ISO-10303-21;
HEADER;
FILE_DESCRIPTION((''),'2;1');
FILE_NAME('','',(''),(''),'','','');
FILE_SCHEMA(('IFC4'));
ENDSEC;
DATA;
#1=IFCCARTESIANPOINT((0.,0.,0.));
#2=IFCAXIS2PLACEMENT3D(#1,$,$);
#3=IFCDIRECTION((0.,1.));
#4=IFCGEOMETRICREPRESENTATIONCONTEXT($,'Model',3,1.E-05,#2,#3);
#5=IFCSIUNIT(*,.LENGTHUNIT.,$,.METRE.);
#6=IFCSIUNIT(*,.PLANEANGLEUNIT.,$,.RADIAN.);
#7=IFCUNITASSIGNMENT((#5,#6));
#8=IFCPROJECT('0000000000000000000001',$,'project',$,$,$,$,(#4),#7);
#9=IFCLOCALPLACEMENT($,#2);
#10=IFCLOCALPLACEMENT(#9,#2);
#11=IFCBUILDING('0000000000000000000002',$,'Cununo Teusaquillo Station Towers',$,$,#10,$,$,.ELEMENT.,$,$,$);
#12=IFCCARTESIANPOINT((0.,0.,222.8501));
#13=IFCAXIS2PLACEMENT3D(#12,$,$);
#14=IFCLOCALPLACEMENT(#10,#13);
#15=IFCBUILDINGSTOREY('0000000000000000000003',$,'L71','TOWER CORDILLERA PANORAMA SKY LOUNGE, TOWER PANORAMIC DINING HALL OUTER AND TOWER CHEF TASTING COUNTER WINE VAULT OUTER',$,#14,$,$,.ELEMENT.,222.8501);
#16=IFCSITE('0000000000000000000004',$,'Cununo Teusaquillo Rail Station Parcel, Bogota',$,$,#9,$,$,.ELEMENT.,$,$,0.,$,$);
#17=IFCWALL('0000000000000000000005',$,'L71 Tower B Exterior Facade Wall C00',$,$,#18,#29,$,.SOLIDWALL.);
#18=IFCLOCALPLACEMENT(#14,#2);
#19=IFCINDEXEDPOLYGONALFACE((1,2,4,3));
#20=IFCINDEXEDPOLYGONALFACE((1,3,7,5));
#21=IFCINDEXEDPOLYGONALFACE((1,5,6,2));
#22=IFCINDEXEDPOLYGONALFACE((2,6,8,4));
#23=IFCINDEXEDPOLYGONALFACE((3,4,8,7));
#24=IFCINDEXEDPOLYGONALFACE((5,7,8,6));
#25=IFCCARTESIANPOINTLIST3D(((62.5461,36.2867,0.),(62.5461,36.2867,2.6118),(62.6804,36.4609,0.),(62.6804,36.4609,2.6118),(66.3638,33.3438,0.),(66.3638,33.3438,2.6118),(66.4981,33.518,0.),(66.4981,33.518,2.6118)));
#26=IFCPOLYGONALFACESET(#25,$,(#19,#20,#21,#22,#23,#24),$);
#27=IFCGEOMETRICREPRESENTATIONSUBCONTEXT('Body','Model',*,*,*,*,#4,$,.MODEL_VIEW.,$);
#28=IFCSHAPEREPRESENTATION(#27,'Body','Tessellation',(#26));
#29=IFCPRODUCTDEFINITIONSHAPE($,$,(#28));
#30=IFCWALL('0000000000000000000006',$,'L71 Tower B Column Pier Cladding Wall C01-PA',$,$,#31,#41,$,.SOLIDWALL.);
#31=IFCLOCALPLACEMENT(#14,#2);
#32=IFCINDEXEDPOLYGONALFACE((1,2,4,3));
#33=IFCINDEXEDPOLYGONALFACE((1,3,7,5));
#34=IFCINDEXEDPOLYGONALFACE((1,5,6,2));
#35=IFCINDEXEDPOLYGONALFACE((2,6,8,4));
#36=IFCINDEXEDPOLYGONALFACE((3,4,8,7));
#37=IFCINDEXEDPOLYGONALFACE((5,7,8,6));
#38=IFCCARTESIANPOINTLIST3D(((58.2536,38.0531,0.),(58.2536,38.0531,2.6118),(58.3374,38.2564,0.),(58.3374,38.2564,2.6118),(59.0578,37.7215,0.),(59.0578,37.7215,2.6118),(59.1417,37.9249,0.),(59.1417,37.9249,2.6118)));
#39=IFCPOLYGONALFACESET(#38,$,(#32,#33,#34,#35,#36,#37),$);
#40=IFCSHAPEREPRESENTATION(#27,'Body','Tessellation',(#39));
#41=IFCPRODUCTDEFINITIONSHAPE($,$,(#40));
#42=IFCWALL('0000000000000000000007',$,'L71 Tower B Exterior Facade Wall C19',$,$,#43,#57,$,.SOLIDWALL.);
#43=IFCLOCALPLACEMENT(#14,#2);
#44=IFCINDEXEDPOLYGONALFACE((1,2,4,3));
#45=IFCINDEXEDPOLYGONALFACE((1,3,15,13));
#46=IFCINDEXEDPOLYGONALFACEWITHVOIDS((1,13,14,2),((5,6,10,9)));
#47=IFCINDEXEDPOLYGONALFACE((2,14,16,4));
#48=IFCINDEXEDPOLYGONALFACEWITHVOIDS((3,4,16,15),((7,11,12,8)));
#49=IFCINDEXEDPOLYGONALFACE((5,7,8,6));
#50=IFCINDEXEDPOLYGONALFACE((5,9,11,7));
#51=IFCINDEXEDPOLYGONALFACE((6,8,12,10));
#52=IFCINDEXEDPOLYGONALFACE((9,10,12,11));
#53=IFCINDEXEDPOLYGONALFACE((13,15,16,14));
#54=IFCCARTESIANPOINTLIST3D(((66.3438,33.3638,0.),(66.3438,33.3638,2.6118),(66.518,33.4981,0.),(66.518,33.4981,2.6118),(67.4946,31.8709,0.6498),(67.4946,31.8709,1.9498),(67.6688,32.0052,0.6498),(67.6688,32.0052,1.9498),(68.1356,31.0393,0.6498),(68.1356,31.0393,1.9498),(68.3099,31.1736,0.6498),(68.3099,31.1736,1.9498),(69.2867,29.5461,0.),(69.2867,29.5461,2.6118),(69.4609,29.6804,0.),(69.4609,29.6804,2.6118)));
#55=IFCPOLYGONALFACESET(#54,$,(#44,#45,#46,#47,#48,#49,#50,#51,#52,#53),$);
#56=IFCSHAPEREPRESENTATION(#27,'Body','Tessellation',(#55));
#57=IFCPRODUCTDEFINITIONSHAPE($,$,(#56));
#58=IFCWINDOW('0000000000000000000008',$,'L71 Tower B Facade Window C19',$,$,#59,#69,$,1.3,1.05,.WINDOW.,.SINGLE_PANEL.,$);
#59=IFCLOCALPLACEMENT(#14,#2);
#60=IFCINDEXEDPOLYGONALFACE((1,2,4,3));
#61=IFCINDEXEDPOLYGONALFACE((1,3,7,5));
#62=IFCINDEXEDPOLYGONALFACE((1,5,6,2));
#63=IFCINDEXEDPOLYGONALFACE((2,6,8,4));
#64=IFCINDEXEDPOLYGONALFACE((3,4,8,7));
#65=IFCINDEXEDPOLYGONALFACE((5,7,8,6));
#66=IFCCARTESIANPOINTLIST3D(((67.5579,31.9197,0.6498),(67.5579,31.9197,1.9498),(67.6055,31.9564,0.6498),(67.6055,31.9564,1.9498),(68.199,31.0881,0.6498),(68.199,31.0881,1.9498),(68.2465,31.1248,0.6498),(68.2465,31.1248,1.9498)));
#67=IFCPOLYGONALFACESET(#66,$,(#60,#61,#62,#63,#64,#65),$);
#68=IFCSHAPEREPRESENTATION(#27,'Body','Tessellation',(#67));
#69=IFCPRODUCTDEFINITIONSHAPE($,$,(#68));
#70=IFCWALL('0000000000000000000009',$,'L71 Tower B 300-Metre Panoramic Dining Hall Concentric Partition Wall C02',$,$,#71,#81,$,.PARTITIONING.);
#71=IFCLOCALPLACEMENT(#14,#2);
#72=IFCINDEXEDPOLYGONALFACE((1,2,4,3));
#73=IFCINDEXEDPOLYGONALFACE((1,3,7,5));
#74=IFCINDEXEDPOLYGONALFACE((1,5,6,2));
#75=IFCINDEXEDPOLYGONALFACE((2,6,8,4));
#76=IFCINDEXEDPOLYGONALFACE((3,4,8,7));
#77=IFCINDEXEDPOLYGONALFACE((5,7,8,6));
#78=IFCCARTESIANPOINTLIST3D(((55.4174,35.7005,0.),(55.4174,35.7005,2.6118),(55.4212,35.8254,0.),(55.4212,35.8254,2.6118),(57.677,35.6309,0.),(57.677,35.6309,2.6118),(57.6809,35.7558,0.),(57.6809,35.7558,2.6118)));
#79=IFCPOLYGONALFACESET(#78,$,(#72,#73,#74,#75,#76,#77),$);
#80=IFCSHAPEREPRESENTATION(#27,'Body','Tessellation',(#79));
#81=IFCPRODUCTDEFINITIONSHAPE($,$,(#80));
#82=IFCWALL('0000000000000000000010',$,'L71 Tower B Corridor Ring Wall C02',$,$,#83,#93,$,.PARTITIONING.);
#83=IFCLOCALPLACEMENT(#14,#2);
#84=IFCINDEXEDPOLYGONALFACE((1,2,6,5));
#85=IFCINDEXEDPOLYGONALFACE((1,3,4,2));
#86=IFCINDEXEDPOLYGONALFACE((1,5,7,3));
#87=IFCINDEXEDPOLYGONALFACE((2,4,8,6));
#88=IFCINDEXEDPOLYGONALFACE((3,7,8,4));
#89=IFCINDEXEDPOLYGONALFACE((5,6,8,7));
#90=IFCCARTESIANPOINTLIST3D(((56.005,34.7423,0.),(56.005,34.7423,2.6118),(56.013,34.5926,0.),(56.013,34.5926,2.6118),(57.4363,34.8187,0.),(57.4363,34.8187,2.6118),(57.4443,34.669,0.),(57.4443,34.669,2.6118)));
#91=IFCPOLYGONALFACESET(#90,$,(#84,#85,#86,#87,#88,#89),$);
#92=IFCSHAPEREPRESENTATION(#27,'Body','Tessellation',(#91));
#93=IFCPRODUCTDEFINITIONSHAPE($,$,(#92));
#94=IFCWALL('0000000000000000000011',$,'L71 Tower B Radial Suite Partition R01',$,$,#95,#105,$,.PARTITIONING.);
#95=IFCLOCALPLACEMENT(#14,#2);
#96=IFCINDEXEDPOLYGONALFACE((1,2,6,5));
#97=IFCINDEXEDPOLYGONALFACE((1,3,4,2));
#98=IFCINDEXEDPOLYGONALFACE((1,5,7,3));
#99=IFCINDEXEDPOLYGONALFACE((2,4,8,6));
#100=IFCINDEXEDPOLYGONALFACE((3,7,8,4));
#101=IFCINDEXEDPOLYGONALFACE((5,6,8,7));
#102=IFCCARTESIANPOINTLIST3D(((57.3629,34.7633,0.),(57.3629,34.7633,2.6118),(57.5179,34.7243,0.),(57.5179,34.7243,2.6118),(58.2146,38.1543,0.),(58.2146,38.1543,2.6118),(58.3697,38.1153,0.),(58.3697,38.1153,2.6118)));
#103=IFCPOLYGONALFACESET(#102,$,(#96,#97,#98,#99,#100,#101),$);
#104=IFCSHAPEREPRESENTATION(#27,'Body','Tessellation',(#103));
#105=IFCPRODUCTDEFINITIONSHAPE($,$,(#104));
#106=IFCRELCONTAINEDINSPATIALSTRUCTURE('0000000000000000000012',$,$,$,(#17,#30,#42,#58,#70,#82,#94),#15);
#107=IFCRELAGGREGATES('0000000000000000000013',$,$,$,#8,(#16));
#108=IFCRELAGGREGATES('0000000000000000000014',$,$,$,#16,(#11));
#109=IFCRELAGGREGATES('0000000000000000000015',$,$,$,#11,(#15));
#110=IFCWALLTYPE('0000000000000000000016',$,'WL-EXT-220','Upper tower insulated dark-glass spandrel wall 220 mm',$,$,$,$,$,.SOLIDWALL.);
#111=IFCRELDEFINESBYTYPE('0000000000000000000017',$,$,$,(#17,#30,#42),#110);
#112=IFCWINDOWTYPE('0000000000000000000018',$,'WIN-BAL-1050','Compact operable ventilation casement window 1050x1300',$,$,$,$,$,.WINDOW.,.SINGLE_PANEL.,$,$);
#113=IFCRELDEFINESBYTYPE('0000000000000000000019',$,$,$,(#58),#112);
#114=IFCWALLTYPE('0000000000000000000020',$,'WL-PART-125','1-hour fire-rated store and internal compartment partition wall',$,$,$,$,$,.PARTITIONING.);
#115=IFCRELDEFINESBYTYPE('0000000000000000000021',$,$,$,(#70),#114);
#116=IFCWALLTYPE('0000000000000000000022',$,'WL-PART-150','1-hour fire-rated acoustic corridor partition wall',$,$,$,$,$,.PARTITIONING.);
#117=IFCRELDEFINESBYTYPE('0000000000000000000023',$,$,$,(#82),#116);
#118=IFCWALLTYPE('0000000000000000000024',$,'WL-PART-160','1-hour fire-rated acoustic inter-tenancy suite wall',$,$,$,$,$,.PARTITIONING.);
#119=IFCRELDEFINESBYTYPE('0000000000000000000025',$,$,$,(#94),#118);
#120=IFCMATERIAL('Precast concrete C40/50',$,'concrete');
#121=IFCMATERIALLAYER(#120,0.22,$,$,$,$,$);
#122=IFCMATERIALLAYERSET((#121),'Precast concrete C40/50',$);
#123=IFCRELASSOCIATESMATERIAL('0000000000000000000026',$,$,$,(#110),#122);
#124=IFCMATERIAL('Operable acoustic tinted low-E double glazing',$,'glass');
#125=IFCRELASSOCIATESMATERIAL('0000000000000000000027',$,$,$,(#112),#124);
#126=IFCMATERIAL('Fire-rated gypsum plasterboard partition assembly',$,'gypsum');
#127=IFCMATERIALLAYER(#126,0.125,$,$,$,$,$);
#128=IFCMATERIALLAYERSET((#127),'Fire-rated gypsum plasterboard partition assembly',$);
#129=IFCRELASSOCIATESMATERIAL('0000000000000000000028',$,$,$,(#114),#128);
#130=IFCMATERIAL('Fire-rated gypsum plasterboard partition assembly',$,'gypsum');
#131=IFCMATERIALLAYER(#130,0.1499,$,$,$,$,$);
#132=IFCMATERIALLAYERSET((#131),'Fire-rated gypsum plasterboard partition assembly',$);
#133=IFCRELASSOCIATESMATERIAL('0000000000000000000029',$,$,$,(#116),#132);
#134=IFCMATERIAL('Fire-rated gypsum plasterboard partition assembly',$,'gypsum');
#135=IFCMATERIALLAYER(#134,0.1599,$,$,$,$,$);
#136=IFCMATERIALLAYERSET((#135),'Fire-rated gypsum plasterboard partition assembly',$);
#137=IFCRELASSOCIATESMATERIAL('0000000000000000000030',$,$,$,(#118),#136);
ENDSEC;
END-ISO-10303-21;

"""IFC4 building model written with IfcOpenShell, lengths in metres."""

from ifc_helpers import new_model, si_unit, direction, frame, frame_2d, origin, place, context, subcontext, project, spatial, rectangle, extrude, source, transform, mapped, material, layer, layer_set, type_object, element, fill, save


model = new_model("IFC4")

# Units and contexts
model_context = context("Model", 3, precision=1e-05, world=origin(), true_north=direction((0.0, 1.0)))
body_context = subcontext(model_context, "Body", "Model", "MODEL_VIEW")
ifc_project = project(units=[si_unit("LENGTHUNIT", "METRE"), si_unit("PLANEANGLEUNIT", "RADIAN")], contexts=[model_context])

# Site, building, storey
site_placement = place(None, origin())
site = spatial("IfcSite", under=ifc_project, at=site_placement, Name="Cununo Teusaquillo Rail Station Parcel, Bogota", CompositionType="ELEMENT", RefElevation=0.0)
building_placement = place(site_placement, origin())
building = spatial("IfcBuilding", under=site, at=building_placement, Name="Cununo Teusaquillo Station Towers", CompositionType="ELEMENT")
storey_placement = place(building_placement, frame((0.0, 0.0, 222.8501)))
storey = spatial("IfcBuildingStorey", under=building, at=storey_placement, Name="L71", Description="TOWER CORDILLERA PANORAMA SKY LOUNGE, TOWER PANORAMIC DINING HALL OUTER AND TOWER CHEF TASTING COUNTER WINE VAULT OUTER", CompositionType="ELEMENT", Elevation=222.8501)

# Walls
ifc_material_1 = material(Name="Precast concrete C40/50", Category="concrete")
ifc_layer_1 = layer(ifc_material_1, 0.22)
ifc_layer_set_1 = layer_set([ifc_layer_1], Name="Precast concrete C40/50")
wall_type_1 = type_object("IfcWallType", Name="WL-EXT-220", Description="Upper tower insulated dark-glass spandrel wall 220 mm", PredefinedType="SOLIDWALL", material=ifc_layer_set_1)
wall_1_placement = place(storey_placement, frame((62.6133, 36.3738, 0.0), z_axis=(0.0, 0.0, 1.0), x_axis=(0.791998, -0.610523, 0.0)))
element("IfcWall", 1, at=wall_1_placement, inside=storey, type_object=wall_type_1, Name="L71 Tower B Exterior Facade Wall C00", PredefinedType="SOLIDWALL", context=body_context, shape_type="SweptSolid", body=[
    extrude(rectangle(XDim=4.8203, YDim=0.22, at=frame_2d((2.4102, 0.0))), origin(), (0.0, 0.0, 1.0), 2.6118),
])
wall_2_placement = place(storey_placement, frame((58.2954, 38.1548, 0.0), z_axis=(0.0, 0.0, 1.0), x_axis=(0.924515, -0.381145, 0.0)))
element("IfcWall", 2, at=wall_2_placement, inside=storey, type_object=wall_type_1, Name="L71 Tower B Column Pier Cladding Wall C01-PA", PredefinedType="SOLIDWALL", context=body_context, shape_type="SweptSolid", body=[
    extrude(rectangle(XDim=0.8699, YDim=0.22, at=frame_2d((0.4351, 0.0))), origin(), (0.0, 0.0, 1.0), 2.6118),
])

# Wall, opening, window
wall_3_placement = place(storey_placement, frame((66.4309, 33.4309, 0.0), z_axis=(0.0, 0.0, 1.0), x_axis=(0.610523, -0.791998, 0.0)))
wall_3 = element("IfcWall", 3, at=wall_3_placement, inside=storey, type_object=wall_type_1, Name="L71 Tower B Exterior Facade Wall C19", PredefinedType="SOLIDWALL", context=body_context, shape_type="SweptSolid", body=[
    extrude(rectangle(XDim=4.8203, YDim=0.22, at=frame_2d((2.4102, 0.0))), origin(), (0.0, 0.0, 1.0), 2.6118),
])
shared_shape_1 = source(origin(), body_context, "Body", "SweptSolid", [
    extrude(rectangle(XDim=1.05, YDim=1.3, at=frame_2d((0.5249, 0.6499))), frame((0.0, 0.1199, 0.0), z_axis=(0.0, -1.0, 0.0), x_axis=(1.0, 0.0, 0.0)), (0.0, 0.0, 1.0), 0.24),
])
opening_placement = place(wall_3_placement, frame((1.885, 0.0, 0.6499)))
opening = element("IfcOpeningElement", 4, at=opening_placement, cuts=wall_3, PredefinedType="OPENING", context=body_context, shape_type="MappedRepresentation", body=[
    mapped(shared_shape_1, transform((0.0, 0.0, 0.0), x_axis=(1.0, 0.0, 0.0), y_axis=(0.0, 1.0, 0.0), z_axis=(0.0, 0.0, 1.0), scale=1.0)),
])
ifc_material_2 = material(Name="Operable acoustic tinted low-E double glazing", Category="glass")
window_type = type_object("IfcWindowType", Name="WIN-BAL-1050", Description="Compact operable ventilation casement window 1050x1300", PartitioningType="SINGLE_PANEL", PredefinedType="WINDOW", material=ifc_material_2)
shared_shape_2 = source(origin(), body_context, "Body", "SweptSolid", [
    extrude(rectangle(XDim=1.05, YDim=1.3, at=frame_2d((0.5249, 0.6499))), frame((0.0, 0.03, 0.0), z_axis=(0.0, -1.0, 0.0), x_axis=(1.0, 0.0, 0.0)), (0.0, 0.0, 1.0), 0.0601),
])
window_placement = place(opening_placement, origin())
window = element("IfcWindow", 5, at=window_placement, inside=storey, type_object=window_type, Name="L71 Tower B Facade Window C19", OverallHeight=1.3, OverallWidth=1.05, PartitioningType="SINGLE_PANEL", PredefinedType="WINDOW", context=body_context, shape_type="MappedRepresentation", body=[
    mapped(shared_shape_2, transform((0.0, 0.0, 0.0), x_axis=(1.0, 0.0, 0.0), y_axis=(0.0, 1.0, 0.0), z_axis=(0.0, 0.0, 1.0), scale=1.0)),
])
fill(opening, window)

# Walls
ifc_material_3 = material(Name="Fire-rated gypsum plasterboard partition assembly", Category="gypsum")
ifc_layer_2 = layer(ifc_material_3, 0.125)
ifc_layer_set_2 = layer_set([ifc_layer_2], Name="Fire-rated gypsum plasterboard partition assembly")
wall_type_2 = type_object("IfcWallType", Name="WL-PART-125", Description="1-hour fire-rated store and internal compartment partition wall", PredefinedType="PARTITIONING", material=ifc_layer_set_2)
wall_4_placement = place(storey_placement, frame((57.679, 35.6934, 0.0), z_axis=(0.0, 0.0, 1.0), x_axis=(-0.999526, 0.030776, 0.0)))
element("IfcWall", 6, at=wall_4_placement, inside=storey, type_object=wall_type_2, Name="L71 Tower B 300-Metre Panoramic Dining Hall Concentric Partition Wall C02", PredefinedType="PARTITIONING", context=body_context, shape_type="SweptSolid", body=[
    extrude(rectangle(XDim=2.2607, YDim=0.125, at=frame_2d((1.1304, 0.0))), origin(), (0.0, 0.0, 1.0), 2.6118),
])
ifc_material_4 = material(Name="Fire-rated gypsum plasterboard partition assembly", Category="gypsum")
ifc_layer_3 = layer(ifc_material_4, 0.1499)
ifc_layer_set_3 = layer_set([ifc_layer_3], Name="Fire-rated gypsum plasterboard partition assembly")
wall_type_3 = type_object("IfcWallType", Name="WL-PART-150", Description="1-hour fire-rated acoustic corridor partition wall", PredefinedType="PARTITIONING", material=ifc_layer_set_3)
wall_5_placement = place(storey_placement, frame((57.4404, 34.7439, 0.0), z_axis=(0.0, 0.0, 1.0), x_axis=(-0.998578, -0.05331, 0.0)))
element("IfcWall", 7, at=wall_5_placement, inside=storey, type_object=wall_type_3, Name="L71 Tower B Corridor Ring Wall C02", PredefinedType="PARTITIONING", context=body_context, shape_type="SweptSolid", body=[
    extrude(rectangle(XDim=1.4333, YDim=0.1499, at=frame_2d((0.7168, 0.0))), origin(), (0.0, 0.0, 1.0), 2.6118),
])
ifc_material_5 = material(Name="Fire-rated gypsum plasterboard partition assembly", Category="gypsum")
ifc_layer_4 = layer(ifc_material_5, 0.1599)
ifc_layer_set_4 = layer_set([ifc_layer_4], Name="Fire-rated gypsum plasterboard partition assembly")
wall_type_4 = type_object("IfcWallType", Name="WL-PART-160", Description="1-hour fire-rated acoustic inter-tenancy suite wall", PredefinedType="PARTITIONING", material=ifc_layer_set_4)
wall_6_placement = place(storey_placement, frame((57.4404, 34.7439, 0.0), z_axis=(0.0, 0.0, 1.0), x_axis=(0.24362, 0.969871, 0.0)))
element("IfcWall", 8, at=wall_6_placement, inside=storey, type_object=wall_type_4, Name="L71 Tower B Radial Suite Partition R01", PredefinedType="PARTITIONING", context=body_context, shape_type="SweptSolid", body=[
    extrude(rectangle(XDim=3.4963, YDim=0.1599, at=frame_2d((1.748, 0.0))), origin(), (0.0, 0.0, 1.0), 2.6118),
])

save(model, "model.ifc")
